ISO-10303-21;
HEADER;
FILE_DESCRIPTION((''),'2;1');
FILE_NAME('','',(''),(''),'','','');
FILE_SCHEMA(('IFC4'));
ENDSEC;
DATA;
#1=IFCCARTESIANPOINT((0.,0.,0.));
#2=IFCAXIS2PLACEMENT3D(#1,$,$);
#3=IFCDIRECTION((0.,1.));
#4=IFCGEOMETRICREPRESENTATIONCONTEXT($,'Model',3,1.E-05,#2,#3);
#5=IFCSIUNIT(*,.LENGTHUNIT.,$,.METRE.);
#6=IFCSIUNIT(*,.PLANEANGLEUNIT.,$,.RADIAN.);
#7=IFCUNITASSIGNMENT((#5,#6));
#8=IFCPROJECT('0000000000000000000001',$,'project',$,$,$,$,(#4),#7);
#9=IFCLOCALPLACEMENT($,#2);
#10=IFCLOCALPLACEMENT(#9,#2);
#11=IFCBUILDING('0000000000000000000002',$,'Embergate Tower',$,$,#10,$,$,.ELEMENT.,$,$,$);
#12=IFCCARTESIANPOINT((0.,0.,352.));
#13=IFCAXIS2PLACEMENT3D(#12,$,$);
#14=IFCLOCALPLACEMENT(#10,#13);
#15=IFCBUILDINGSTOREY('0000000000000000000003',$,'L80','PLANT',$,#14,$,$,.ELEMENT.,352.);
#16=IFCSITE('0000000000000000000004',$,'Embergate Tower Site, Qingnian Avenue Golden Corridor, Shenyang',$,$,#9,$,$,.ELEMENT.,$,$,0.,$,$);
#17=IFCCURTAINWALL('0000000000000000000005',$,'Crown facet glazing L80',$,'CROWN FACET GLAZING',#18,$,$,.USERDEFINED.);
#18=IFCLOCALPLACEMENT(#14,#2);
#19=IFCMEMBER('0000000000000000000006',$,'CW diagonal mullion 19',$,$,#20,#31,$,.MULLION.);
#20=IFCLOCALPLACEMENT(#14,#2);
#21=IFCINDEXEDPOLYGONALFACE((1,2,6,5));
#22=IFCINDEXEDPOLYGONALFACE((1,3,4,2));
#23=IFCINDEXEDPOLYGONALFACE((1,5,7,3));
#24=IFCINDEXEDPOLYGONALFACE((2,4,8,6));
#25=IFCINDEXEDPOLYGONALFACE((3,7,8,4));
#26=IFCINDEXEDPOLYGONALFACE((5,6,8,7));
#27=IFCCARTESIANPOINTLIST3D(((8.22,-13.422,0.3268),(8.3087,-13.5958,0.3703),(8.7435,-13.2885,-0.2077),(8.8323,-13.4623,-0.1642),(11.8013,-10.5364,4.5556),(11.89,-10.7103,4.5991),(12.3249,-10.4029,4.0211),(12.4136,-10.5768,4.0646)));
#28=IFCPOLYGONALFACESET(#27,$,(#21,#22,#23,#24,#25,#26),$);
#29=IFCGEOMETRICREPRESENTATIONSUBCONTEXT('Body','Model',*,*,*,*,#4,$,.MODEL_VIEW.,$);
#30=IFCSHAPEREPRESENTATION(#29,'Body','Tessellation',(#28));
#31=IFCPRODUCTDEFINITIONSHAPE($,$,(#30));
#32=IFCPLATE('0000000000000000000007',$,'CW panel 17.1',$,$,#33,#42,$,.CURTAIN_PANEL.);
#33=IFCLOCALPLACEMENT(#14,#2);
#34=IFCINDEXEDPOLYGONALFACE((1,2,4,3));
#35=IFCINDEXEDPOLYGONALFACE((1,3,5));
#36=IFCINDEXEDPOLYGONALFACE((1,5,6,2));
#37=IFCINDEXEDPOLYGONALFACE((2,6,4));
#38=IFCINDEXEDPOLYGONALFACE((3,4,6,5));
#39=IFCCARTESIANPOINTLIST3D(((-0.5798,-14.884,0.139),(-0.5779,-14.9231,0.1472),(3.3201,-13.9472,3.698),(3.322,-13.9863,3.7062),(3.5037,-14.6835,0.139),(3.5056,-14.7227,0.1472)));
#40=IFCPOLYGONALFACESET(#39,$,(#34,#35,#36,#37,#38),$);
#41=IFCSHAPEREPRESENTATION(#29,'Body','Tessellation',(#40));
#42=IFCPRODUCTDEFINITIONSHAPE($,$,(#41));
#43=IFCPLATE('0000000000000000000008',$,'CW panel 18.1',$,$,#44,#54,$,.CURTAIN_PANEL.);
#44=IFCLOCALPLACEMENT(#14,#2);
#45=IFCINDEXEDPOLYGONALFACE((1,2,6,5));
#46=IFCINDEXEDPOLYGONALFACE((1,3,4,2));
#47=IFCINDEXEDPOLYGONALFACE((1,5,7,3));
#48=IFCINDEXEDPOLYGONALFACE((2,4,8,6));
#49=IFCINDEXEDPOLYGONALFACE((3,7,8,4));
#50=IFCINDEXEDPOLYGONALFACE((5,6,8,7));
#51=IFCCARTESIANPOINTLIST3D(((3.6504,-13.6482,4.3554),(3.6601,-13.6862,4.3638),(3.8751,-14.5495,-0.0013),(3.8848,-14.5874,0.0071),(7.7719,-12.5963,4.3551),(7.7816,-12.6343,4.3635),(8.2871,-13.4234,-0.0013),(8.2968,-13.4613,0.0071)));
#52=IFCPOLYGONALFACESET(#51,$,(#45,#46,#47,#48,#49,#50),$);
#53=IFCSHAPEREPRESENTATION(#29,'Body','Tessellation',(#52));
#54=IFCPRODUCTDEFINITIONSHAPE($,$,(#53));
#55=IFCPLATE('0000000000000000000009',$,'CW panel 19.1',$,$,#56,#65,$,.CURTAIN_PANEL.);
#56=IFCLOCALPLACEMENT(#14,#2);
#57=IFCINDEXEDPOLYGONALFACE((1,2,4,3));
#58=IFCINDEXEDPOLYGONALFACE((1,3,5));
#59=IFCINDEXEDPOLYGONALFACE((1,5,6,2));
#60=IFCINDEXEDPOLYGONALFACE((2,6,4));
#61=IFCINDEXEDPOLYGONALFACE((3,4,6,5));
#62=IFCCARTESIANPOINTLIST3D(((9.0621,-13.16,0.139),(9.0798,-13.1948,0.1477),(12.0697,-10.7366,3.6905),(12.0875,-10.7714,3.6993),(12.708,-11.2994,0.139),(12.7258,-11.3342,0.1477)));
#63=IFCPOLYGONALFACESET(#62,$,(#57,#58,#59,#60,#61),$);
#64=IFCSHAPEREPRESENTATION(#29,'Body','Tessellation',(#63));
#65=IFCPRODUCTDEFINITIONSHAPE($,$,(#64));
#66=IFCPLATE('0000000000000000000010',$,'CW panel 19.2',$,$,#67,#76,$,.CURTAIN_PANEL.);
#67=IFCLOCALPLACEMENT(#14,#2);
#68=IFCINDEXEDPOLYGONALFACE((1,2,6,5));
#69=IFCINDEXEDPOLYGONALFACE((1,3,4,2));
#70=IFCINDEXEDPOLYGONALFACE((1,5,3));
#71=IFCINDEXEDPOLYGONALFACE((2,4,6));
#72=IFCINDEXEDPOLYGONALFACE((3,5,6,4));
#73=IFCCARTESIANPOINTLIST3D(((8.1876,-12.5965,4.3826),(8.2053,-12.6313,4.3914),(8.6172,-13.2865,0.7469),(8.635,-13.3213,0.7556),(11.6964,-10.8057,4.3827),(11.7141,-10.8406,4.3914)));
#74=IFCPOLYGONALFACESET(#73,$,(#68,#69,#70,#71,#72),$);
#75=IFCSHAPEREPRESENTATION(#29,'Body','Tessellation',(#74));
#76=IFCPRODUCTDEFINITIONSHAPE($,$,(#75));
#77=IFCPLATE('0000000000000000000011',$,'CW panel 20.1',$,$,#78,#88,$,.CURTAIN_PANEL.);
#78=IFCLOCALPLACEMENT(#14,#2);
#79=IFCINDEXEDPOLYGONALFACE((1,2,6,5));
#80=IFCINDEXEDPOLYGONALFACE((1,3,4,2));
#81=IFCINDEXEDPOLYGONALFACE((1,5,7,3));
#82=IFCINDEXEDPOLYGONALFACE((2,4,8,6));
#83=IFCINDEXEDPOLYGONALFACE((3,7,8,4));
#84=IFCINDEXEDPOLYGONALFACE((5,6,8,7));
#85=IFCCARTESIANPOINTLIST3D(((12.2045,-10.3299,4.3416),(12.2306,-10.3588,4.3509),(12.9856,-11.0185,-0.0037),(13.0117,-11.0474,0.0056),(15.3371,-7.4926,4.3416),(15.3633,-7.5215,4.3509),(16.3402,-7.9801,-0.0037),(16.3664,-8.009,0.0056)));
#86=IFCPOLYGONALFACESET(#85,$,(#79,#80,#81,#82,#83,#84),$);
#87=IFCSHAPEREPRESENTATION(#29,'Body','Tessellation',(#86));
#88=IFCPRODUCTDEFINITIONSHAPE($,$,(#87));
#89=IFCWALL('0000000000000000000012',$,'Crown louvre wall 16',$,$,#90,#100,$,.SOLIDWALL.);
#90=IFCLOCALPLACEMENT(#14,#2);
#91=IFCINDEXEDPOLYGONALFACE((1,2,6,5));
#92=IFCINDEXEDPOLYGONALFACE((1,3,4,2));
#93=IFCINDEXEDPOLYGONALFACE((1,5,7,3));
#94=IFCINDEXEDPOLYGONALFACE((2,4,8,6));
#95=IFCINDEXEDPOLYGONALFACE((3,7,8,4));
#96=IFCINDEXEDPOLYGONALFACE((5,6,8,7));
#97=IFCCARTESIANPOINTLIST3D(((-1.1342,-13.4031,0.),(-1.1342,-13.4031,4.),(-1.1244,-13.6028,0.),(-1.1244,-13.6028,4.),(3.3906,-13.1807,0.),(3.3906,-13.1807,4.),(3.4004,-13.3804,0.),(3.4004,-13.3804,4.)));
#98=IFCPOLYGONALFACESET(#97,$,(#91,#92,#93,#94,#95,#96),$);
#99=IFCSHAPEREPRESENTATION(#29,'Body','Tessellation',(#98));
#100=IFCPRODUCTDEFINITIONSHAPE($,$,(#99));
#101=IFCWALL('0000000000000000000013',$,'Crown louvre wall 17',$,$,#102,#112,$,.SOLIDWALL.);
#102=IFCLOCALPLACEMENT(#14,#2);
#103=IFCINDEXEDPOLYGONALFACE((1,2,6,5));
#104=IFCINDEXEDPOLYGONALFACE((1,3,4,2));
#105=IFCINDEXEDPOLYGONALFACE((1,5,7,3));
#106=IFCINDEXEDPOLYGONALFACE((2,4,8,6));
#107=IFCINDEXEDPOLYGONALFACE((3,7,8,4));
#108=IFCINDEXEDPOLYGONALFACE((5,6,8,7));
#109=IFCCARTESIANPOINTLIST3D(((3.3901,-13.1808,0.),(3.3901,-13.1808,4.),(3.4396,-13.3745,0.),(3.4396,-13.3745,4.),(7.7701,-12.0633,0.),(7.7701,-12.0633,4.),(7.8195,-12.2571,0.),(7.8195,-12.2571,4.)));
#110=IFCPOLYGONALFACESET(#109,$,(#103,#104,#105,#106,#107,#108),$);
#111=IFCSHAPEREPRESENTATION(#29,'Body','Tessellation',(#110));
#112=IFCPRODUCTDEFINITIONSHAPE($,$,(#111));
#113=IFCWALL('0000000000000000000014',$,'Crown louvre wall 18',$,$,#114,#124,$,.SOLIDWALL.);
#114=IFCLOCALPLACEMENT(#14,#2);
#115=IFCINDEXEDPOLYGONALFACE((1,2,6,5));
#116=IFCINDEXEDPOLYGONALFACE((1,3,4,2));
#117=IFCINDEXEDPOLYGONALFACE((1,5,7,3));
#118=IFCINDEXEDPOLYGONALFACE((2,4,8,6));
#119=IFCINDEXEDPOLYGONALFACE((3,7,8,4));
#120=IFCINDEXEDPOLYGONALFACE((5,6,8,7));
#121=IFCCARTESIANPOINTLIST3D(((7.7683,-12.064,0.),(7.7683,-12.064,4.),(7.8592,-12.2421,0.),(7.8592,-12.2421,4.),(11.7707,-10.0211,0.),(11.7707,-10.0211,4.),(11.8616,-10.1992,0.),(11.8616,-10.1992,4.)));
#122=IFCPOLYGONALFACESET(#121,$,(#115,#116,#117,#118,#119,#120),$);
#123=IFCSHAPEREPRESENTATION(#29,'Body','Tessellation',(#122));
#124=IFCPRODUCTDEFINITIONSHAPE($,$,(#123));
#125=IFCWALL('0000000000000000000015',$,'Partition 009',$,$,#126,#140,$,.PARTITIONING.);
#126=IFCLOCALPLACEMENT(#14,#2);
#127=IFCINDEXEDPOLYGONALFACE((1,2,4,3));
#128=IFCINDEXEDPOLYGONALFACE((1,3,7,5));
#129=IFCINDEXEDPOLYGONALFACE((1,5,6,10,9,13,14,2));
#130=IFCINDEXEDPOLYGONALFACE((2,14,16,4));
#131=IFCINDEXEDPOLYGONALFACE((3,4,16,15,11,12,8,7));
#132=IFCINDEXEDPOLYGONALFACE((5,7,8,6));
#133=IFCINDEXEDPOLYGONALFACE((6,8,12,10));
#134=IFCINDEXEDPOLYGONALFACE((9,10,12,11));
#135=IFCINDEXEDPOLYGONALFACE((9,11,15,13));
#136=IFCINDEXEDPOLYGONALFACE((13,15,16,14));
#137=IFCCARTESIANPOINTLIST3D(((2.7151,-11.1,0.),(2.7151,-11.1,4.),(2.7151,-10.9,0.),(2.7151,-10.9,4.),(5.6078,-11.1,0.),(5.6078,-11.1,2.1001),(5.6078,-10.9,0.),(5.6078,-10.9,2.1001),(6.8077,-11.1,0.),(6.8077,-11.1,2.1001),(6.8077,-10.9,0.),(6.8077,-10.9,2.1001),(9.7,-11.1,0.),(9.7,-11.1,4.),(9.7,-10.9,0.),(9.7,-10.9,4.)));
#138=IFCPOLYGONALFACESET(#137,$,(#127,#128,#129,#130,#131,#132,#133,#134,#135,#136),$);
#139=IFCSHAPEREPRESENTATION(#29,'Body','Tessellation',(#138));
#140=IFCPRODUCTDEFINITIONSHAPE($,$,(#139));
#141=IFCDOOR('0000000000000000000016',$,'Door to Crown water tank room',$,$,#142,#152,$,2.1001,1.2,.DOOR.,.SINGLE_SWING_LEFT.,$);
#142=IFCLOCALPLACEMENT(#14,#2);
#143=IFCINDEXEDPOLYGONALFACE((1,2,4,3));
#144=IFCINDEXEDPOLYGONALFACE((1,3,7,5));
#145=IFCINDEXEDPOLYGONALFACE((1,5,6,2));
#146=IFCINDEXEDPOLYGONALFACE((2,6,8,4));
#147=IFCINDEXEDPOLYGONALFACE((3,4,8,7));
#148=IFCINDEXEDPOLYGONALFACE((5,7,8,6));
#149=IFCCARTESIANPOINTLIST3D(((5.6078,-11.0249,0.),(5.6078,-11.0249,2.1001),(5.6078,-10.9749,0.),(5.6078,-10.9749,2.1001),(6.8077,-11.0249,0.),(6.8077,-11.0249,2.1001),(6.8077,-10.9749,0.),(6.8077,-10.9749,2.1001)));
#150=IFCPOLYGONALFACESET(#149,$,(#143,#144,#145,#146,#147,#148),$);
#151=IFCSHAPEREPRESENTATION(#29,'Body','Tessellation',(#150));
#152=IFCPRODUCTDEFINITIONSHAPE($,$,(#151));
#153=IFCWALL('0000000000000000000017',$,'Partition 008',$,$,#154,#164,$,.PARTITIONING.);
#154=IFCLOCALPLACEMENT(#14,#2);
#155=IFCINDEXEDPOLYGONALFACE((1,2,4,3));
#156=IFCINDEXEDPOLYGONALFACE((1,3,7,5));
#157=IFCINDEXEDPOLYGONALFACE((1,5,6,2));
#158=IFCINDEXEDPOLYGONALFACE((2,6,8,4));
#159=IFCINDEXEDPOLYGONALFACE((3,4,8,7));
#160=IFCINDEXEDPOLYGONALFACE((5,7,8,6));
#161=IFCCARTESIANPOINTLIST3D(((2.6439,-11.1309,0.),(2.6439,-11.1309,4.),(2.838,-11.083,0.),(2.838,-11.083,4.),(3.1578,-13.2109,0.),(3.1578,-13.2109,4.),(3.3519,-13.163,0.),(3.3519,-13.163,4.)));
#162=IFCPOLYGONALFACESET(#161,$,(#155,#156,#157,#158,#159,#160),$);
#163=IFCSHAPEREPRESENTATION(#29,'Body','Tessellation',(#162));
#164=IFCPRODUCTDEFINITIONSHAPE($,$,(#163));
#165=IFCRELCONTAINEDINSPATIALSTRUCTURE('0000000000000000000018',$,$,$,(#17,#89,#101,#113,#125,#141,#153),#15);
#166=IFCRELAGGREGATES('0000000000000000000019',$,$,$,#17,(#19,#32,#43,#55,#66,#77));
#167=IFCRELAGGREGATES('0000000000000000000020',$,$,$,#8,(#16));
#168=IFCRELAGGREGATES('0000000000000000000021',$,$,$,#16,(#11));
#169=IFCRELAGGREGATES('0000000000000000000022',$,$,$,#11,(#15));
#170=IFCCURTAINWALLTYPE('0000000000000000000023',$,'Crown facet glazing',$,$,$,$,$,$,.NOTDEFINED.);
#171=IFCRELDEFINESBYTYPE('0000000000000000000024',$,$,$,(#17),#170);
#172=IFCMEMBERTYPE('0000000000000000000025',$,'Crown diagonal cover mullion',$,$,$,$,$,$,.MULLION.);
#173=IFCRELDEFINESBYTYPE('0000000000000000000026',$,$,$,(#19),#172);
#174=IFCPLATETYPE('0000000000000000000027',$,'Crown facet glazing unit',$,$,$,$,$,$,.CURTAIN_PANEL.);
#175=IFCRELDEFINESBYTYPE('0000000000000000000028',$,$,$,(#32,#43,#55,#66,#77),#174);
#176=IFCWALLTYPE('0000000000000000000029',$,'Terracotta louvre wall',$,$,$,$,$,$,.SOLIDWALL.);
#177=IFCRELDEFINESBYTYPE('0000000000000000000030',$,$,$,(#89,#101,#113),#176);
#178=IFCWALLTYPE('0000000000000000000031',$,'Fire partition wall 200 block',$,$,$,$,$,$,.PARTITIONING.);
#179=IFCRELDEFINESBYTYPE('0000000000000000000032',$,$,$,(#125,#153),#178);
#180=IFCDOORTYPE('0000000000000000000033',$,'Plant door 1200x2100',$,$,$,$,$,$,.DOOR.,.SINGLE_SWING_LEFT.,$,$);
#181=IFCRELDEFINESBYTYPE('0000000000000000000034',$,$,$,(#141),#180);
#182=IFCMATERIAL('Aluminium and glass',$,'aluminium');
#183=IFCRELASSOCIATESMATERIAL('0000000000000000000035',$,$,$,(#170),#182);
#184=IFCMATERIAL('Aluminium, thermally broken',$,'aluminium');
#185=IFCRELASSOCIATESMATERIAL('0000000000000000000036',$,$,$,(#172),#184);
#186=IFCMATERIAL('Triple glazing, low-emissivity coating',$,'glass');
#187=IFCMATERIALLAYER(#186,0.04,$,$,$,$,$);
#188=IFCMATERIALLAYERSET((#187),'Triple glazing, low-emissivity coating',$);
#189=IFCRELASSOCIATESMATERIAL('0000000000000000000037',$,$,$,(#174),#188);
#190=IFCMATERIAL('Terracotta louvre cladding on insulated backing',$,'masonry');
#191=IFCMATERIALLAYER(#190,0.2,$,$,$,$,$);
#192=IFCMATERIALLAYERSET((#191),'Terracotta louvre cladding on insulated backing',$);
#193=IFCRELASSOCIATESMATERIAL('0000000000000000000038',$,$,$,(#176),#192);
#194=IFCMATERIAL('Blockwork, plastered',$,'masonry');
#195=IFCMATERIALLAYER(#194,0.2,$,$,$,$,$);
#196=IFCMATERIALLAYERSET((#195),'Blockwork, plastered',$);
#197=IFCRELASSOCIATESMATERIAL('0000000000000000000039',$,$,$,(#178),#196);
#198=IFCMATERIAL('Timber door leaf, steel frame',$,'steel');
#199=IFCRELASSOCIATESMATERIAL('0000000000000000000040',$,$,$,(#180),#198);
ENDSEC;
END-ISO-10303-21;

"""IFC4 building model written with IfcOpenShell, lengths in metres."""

from ifc_helpers import new_model, si_unit, direction, frame, frame_2d, origin, origin_2d, place, context, subcontext, project, spatial, polyline, rectangle, outline, extrude, source, transform, mapped, material, layer, layer_set, material_profile, profile_set, type_object, element, fill, aggregate, save


model = new_model("IFC4")

# Units and contexts
model_context = context("Model", 3, precision=1e-05, world=origin(), true_north=direction((0.0, 1.0)))
body_context = subcontext(model_context, "Body", "Model", "MODEL_VIEW")
ifc_project = project(units=[si_unit("LENGTHUNIT", "METRE"), si_unit("PLANEANGLEUNIT", "RADIAN")], contexts=[model_context])

# Site, building, storey
site_placement = place(None, origin())
site = spatial("IfcSite", under=ifc_project, at=site_placement, Name="Embergate Tower Site, Qingnian Avenue Golden Corridor, Shenyang", CompositionType="ELEMENT", RefElevation=0.0)
building_placement = place(site_placement, origin())
building = spatial("IfcBuilding", under=site, at=building_placement, Name="Embergate Tower", CompositionType="ELEMENT")
storey_placement = place(building_placement, frame((0.0, 0.0, 352.0)))
storey = spatial("IfcBuildingStorey", under=building, at=storey_placement, Name="L80", Description="PLANT", CompositionType="ELEMENT", Elevation=352.0)

# Curtain wall, member
ifc_material_1 = material(Name="Aluminium and glass", Category="aluminium")
curtain_wall_type = type_object("IfcCurtainWallType", Name="Crown facet glazing", PredefinedType="NOTDEFINED", material=ifc_material_1)
curtain_wall_placement = place(storey_placement, origin())
curtain_wall = element("IfcCurtainWall", 1, at=curtain_wall_placement, inside=storey, type_object=curtain_wall_type, Name="Crown facet glazing L80", ObjectType="CROWN FACET GLAZING", PredefinedType="USERDEFINED")
ifc_material_2 = material(Name="Aluminium, thermally broken", Category="aluminium")
ifc_material_profile_1 = material_profile(ifc_material_2, rectangle(XDim=0.2, YDim=0.76, at=origin_2d()), Name="AL 760x200")
ifc_profile_set_1 = profile_set([ifc_material_profile_1], Name="Aluminium, thermally broken")
member_type_1 = type_object("IfcMemberType", Name="Crown diagonal cover mullion", PredefinedType="MULLION", material=ifc_profile_set_1)
shared_shape_1 = source(origin(), body_context, "Body", "SweptSolid", [
    extrude(rectangle(XDim=0.2, YDim=0.76, at=origin_2d()), origin(), (0.0, 0.0, 1.0), 6.2478),
])
member_1_placement = place(storey_placement, frame((8.5261, -13.4421, 0.0813), z_axis=(0.573215, 0.461847, 0.676847), x_axis=(0.443684, -0.869395, 0.21748)))
member_1 = element("IfcMember", 2, at=member_1_placement, type_object=member_type_1, Name="CW diagonal mullion 19", PredefinedType="MULLION", context=body_context, shape_type="MappedRepresentation", body=[
    mapped(shared_shape_1, transform((0.0, 0.0, 0.0))),
])

# Plates
ifc_material_3 = material(Name="Triple glazing, low-emissivity coating", Category="glass")
ifc_layer_1 = layer(ifc_material_3, 0.04)
ifc_layer_set_1 = layer_set([ifc_layer_1], Name="Triple glazing, low-emissivity coating")
plate_type = type_object("IfcPlateType", Name="Crown facet glazing unit", PredefinedType="CURTAIN_PANEL", material=ifc_layer_set_1)
shared_shape_2 = source(origin(), body_context, "Body", "SweptSolid", [
    extrude(outline(polyline([(0.0, 0.0), (4.0884, 0.0), (3.9412, 3.636), (0.0, 0.0)])), origin(), (0.0, 0.0, -1.0), 0.04),
])
plate_1_placement = place(storey_placement, frame((-0.5779, -14.9231, 0.1472), z_axis=(0.047988, -0.977637, 0.20475), x_axis=(0.998797, 0.049026, 0.0)))
plate_1 = element("IfcPlate", 3, at=plate_1_placement, type_object=plate_type, Name="CW panel 17.1", PredefinedType="CURTAIN_PANEL", context=body_context, shape_type="MappedRepresentation", body=[
    mapped(shared_shape_2, transform((0.0, 0.0, 0.0))),
])
shared_shape_3 = source(origin(), body_context, "Body", "SweptSolid", [
    extrude(outline(polyline([(0.0, 0.0), (4.5535, 0.0), (4.2588, 4.4543), (0.0051, 4.4546), (0.0, 0.0)])), origin(), (0.0, 0.0, -1.0), 0.04),
])
plate_2_placement = place(storey_placement, frame((3.8848, -14.5874, 0.0071), z_axis=(0.241871, -0.947641, 0.208508), x_axis=(0.968938, 0.247305, -0.000006)))
plate_2 = element("IfcPlate", 4, at=plate_2_placement, type_object=plate_type, Name="CW panel 18.1", PredefinedType="CURTAIN_PANEL", context=body_context, shape_type="MappedRepresentation", body=[
    mapped(shared_shape_3, transform((0.0, 0.0, 0.0))),
])
shared_shape_4 = source(origin(), body_context, "Body", "SweptSolid", [
    extrude(outline(polyline([(0.0, 0.0), (4.0933, 0.0), (3.7805, 3.6387), (0.0, 0.0)])), origin(), (0.0, 0.0, -1.0), 0.04),
])
plate_3_placement = place(storey_placement, frame((9.0798, -13.1948, 0.1477), z_axis=(0.443664, -0.869397, 0.217512), x_axis=(0.890723, 0.454547, 0.0)))
plate_3 = element("IfcPlate", 5, at=plate_3_placement, type_object=plate_type, Name="CW panel 19.1", PredefinedType="CURTAIN_PANEL", context=body_context, shape_type="MappedRepresentation", body=[
    mapped(shared_shape_4, transform((0.0, 0.0, 0.0))),
])
shared_shape_5 = source(origin(), body_context, "Body", "SweptSolid", [
    extrude(outline(polyline([(0.0, 0.0), (5.3716, 0.0), (2.5332, 2.7317), (0.0, 0.0)])), origin(), (0.0, 0.0, -1.0), 0.04),
])
plate_4_placement = place(storey_placement, frame((8.635, -13.3213, 0.7556), z_axis=(0.443711, -0.869395, 0.217422), x_axis=(0.573225, 0.461825, 0.676853)))
plate_4 = element("IfcPlate", 6, at=plate_4_placement, type_object=plate_type, Name="CW panel 19.2", PredefinedType="CURTAIN_PANEL", context=body_context, shape_type="MappedRepresentation", body=[
    mapped(shared_shape_5, transform((0.0, 0.0, 0.0))),
])
shared_shape_6 = source(origin(), body_context, "Body", "SweptSolid", [
    extrude(outline(polyline([(0.0, 0.0), (4.5261, 0.0), (4.1099, 4.4668), (-0.1167, 4.4668), (0.0, 0.0)])), origin(), (0.0, 0.0, -1.0), 0.04),
])
plate_5_placement = place(storey_placement, frame((13.0117, -11.0474, 0.0056), z_axis=(0.653048, -0.72102, 0.231645), x_axis=(0.74118, 0.671306, -0.000005)))
plate_5 = element("IfcPlate", 7, at=plate_5_placement, type_object=plate_type, Name="CW panel 20.1", PredefinedType="CURTAIN_PANEL", context=body_context, shape_type="MappedRepresentation", body=[
    mapped(shared_shape_6, transform((0.0, 0.0, 0.0))),
])
aggregate(curtain_wall, [member_1, plate_1, plate_2, plate_3, plate_4, plate_5])

# Walls
ifc_material_4 = material(Name="Terracotta louvre cladding on insulated backing", Category="masonry")
ifc_layer_2 = layer(ifc_material_4, 0.2)
ifc_layer_set_2 = layer_set([ifc_layer_2], Name="Terracotta louvre cladding on insulated backing")
wall_type_1 = type_object("IfcWallType", Name="Terracotta louvre wall", PredefinedType="SOLIDWALL", material=ifc_layer_set_2)
shared_shape_7 = source(origin(), body_context, "Body", "SweptSolid", [
    extrude(rectangle(XDim=4.5303, YDim=0.2, at=frame_2d((2.2651, 0.0))), origin(), (0.0, 0.0, 1.0), 4.0),
])
wall_1_placement = place(storey_placement, frame((3.3955, -13.2805, 0.0), z_axis=(0.0, 0.0, 1.0), x_axis=(-0.998794, -0.049094, 0.0)))
element("IfcWall", 8, at=wall_1_placement, inside=storey, type_object=wall_type_1, Name="Crown louvre wall 16", PredefinedType="SOLIDWALL", context=body_context, shape_type="MappedRepresentation", body=[
    mapped(shared_shape_7, transform((0.0, 0.0, 0.0))),
])
shared_shape_8 = source(origin(), body_context, "Body", "SweptSolid", [
    extrude(rectangle(XDim=4.5203, YDim=0.2, at=frame_2d((2.2603, 0.0))), origin(), (0.0, 0.0, 1.0), 4.0),
])
wall_2_placement = place(storey_placement, frame((7.7949, -12.1602, 0.0), z_axis=(0.0, 0.0, 1.0), x_axis=(-0.968962, -0.24721, 0.0)))
element("IfcWall", 9, at=wall_2_placement, inside=storey, type_object=wall_type_1, Name="Crown louvre wall 17", PredefinedType="SOLIDWALL", context=body_context, shape_type="MappedRepresentation", body=[
    mapped(shared_shape_8, transform((0.0, 0.0, 0.0))),
])
shared_shape_9 = source(origin(), body_context, "Body", "SweptSolid", [
    extrude(rectangle(XDim=4.4937, YDim=0.2, at=frame_2d((2.2468, 0.0))), origin(), (0.0, 0.0, 1.0), 4.0),
])
wall_3_placement = place(storey_placement, frame((11.8162, -10.1101, 0.0), z_axis=(0.0, 0.0, 1.0), x_axis=(-0.89068, -0.45463, 0.0)))
element("IfcWall", 10, at=wall_3_placement, inside=storey, type_object=wall_type_1, Name="Crown louvre wall 18", PredefinedType="SOLIDWALL", context=body_context, shape_type="MappedRepresentation", body=[
    mapped(shared_shape_9, transform((0.0, 0.0, 0.0))),
])

# Wall, opening, door
ifc_material_5 = material(Name="Blockwork, plastered", Category="masonry")
ifc_layer_3 = layer(ifc_material_5, 0.2)
ifc_layer_set_3 = layer_set([ifc_layer_3], Name="Blockwork, plastered")
wall_type_2 = type_object("IfcWallType", Name="Fire partition wall 200 block", PredefinedType="PARTITIONING", material=ifc_layer_set_3)
shared_shape_10 = source(origin(), body_context, "Body", "SweptSolid", [
    extrude(rectangle(XDim=6.9849, YDim=0.2, at=frame_2d((3.4924, 0.0))), origin(), (0.0, 0.0, 1.0), 4.0),
])
wall_4_placement = place(storey_placement, frame((9.7, -11.0, 0.0), z_axis=(0.0, 0.0, 1.0), x_axis=(-1.0, 0.0, 0.0)))
wall_4 = element("IfcWall", 11, at=wall_4_placement, inside=storey, type_object=wall_type_2, Name="Partition 009", PredefinedType="PARTITIONING", context=body_context, shape_type="MappedRepresentation", body=[
    mapped(shared_shape_10, transform((0.0, 0.0, 0.0))),
])
shared_shape_11 = source(origin(), body_context, "Body", "SweptSolid", [
    extrude(rectangle(XDim=1.2, YDim=2.1001, at=frame_2d((0.6001, 1.05))), frame((0.0, 0.1099, 0.0), z_axis=(0.0, -1.0, 0.0), x_axis=(1.0, 0.0, 0.0)), (0.0, 0.0, 1.0), 0.22),
])
opening_1_placement = place(wall_4_placement, frame((2.8921, 0.0, 0.0)))
opening_1 = element("IfcOpeningElement", 12, at=opening_1_placement, cuts=wall_4, PredefinedType="OPENING", context=body_context, shape_type="MappedRepresentation", body=[
    mapped(shared_shape_11, transform((0.0, 0.0, 0.0))),
])
ifc_material_6 = material(Name="Timber door leaf, steel frame", Category="steel")
door_type = type_object("IfcDoorType", Name="Plant door 1200x2100", OperationType="SINGLE_SWING_LEFT", PredefinedType="DOOR", material=ifc_material_6)
shared_shape_12 = source(origin(), body_context, "Body", "SweptSolid", [
    extrude(rectangle(XDim=1.2, YDim=2.1001, at=frame_2d((0.6001, 1.05))), frame((0.0, 0.0249, 0.0), z_axis=(0.0, -1.0, 0.0), x_axis=(1.0, 0.0, 0.0)), (0.0, 0.0, 1.0), 0.05),
])
door_1_placement = place(opening_1_placement, origin())
door_1 = element("IfcDoor", 13, at=door_1_placement, inside=storey, type_object=door_type, Name="Door to Crown water tank room", OperationType="SINGLE_SWING_LEFT", OverallHeight=2.1001, OverallWidth=1.2, PredefinedType="DOOR", context=body_context, shape_type="MappedRepresentation", body=[
    mapped(shared_shape_12, transform((0.0, 0.0, 0.0))),
])
fill(opening_1, door_1)

# Wall
shared_shape_13 = source(origin(), body_context, "Body", "SweptSolid", [
    extrude(rectangle(XDim=2.1426, YDim=0.2, at=frame_2d((1.0713, 0.0))), origin(), (0.0, 0.0, 1.0), 4.0),
])
wall_5_placement = place(storey_placement, frame((2.741, -11.1069, 0.0), z_axis=(0.0, 0.0, 1.0), x_axis=(0.239854, -0.970809, 0.0)))
element("IfcWall", 14, at=wall_5_placement, inside=storey, type_object=wall_type_2, Name="Partition 008", PredefinedType="PARTITIONING", context=body_context, shape_type="MappedRepresentation", body=[
    mapped(shared_shape_13, transform((0.0, 0.0, 0.0))),
])

save(model, "model.ifc")
